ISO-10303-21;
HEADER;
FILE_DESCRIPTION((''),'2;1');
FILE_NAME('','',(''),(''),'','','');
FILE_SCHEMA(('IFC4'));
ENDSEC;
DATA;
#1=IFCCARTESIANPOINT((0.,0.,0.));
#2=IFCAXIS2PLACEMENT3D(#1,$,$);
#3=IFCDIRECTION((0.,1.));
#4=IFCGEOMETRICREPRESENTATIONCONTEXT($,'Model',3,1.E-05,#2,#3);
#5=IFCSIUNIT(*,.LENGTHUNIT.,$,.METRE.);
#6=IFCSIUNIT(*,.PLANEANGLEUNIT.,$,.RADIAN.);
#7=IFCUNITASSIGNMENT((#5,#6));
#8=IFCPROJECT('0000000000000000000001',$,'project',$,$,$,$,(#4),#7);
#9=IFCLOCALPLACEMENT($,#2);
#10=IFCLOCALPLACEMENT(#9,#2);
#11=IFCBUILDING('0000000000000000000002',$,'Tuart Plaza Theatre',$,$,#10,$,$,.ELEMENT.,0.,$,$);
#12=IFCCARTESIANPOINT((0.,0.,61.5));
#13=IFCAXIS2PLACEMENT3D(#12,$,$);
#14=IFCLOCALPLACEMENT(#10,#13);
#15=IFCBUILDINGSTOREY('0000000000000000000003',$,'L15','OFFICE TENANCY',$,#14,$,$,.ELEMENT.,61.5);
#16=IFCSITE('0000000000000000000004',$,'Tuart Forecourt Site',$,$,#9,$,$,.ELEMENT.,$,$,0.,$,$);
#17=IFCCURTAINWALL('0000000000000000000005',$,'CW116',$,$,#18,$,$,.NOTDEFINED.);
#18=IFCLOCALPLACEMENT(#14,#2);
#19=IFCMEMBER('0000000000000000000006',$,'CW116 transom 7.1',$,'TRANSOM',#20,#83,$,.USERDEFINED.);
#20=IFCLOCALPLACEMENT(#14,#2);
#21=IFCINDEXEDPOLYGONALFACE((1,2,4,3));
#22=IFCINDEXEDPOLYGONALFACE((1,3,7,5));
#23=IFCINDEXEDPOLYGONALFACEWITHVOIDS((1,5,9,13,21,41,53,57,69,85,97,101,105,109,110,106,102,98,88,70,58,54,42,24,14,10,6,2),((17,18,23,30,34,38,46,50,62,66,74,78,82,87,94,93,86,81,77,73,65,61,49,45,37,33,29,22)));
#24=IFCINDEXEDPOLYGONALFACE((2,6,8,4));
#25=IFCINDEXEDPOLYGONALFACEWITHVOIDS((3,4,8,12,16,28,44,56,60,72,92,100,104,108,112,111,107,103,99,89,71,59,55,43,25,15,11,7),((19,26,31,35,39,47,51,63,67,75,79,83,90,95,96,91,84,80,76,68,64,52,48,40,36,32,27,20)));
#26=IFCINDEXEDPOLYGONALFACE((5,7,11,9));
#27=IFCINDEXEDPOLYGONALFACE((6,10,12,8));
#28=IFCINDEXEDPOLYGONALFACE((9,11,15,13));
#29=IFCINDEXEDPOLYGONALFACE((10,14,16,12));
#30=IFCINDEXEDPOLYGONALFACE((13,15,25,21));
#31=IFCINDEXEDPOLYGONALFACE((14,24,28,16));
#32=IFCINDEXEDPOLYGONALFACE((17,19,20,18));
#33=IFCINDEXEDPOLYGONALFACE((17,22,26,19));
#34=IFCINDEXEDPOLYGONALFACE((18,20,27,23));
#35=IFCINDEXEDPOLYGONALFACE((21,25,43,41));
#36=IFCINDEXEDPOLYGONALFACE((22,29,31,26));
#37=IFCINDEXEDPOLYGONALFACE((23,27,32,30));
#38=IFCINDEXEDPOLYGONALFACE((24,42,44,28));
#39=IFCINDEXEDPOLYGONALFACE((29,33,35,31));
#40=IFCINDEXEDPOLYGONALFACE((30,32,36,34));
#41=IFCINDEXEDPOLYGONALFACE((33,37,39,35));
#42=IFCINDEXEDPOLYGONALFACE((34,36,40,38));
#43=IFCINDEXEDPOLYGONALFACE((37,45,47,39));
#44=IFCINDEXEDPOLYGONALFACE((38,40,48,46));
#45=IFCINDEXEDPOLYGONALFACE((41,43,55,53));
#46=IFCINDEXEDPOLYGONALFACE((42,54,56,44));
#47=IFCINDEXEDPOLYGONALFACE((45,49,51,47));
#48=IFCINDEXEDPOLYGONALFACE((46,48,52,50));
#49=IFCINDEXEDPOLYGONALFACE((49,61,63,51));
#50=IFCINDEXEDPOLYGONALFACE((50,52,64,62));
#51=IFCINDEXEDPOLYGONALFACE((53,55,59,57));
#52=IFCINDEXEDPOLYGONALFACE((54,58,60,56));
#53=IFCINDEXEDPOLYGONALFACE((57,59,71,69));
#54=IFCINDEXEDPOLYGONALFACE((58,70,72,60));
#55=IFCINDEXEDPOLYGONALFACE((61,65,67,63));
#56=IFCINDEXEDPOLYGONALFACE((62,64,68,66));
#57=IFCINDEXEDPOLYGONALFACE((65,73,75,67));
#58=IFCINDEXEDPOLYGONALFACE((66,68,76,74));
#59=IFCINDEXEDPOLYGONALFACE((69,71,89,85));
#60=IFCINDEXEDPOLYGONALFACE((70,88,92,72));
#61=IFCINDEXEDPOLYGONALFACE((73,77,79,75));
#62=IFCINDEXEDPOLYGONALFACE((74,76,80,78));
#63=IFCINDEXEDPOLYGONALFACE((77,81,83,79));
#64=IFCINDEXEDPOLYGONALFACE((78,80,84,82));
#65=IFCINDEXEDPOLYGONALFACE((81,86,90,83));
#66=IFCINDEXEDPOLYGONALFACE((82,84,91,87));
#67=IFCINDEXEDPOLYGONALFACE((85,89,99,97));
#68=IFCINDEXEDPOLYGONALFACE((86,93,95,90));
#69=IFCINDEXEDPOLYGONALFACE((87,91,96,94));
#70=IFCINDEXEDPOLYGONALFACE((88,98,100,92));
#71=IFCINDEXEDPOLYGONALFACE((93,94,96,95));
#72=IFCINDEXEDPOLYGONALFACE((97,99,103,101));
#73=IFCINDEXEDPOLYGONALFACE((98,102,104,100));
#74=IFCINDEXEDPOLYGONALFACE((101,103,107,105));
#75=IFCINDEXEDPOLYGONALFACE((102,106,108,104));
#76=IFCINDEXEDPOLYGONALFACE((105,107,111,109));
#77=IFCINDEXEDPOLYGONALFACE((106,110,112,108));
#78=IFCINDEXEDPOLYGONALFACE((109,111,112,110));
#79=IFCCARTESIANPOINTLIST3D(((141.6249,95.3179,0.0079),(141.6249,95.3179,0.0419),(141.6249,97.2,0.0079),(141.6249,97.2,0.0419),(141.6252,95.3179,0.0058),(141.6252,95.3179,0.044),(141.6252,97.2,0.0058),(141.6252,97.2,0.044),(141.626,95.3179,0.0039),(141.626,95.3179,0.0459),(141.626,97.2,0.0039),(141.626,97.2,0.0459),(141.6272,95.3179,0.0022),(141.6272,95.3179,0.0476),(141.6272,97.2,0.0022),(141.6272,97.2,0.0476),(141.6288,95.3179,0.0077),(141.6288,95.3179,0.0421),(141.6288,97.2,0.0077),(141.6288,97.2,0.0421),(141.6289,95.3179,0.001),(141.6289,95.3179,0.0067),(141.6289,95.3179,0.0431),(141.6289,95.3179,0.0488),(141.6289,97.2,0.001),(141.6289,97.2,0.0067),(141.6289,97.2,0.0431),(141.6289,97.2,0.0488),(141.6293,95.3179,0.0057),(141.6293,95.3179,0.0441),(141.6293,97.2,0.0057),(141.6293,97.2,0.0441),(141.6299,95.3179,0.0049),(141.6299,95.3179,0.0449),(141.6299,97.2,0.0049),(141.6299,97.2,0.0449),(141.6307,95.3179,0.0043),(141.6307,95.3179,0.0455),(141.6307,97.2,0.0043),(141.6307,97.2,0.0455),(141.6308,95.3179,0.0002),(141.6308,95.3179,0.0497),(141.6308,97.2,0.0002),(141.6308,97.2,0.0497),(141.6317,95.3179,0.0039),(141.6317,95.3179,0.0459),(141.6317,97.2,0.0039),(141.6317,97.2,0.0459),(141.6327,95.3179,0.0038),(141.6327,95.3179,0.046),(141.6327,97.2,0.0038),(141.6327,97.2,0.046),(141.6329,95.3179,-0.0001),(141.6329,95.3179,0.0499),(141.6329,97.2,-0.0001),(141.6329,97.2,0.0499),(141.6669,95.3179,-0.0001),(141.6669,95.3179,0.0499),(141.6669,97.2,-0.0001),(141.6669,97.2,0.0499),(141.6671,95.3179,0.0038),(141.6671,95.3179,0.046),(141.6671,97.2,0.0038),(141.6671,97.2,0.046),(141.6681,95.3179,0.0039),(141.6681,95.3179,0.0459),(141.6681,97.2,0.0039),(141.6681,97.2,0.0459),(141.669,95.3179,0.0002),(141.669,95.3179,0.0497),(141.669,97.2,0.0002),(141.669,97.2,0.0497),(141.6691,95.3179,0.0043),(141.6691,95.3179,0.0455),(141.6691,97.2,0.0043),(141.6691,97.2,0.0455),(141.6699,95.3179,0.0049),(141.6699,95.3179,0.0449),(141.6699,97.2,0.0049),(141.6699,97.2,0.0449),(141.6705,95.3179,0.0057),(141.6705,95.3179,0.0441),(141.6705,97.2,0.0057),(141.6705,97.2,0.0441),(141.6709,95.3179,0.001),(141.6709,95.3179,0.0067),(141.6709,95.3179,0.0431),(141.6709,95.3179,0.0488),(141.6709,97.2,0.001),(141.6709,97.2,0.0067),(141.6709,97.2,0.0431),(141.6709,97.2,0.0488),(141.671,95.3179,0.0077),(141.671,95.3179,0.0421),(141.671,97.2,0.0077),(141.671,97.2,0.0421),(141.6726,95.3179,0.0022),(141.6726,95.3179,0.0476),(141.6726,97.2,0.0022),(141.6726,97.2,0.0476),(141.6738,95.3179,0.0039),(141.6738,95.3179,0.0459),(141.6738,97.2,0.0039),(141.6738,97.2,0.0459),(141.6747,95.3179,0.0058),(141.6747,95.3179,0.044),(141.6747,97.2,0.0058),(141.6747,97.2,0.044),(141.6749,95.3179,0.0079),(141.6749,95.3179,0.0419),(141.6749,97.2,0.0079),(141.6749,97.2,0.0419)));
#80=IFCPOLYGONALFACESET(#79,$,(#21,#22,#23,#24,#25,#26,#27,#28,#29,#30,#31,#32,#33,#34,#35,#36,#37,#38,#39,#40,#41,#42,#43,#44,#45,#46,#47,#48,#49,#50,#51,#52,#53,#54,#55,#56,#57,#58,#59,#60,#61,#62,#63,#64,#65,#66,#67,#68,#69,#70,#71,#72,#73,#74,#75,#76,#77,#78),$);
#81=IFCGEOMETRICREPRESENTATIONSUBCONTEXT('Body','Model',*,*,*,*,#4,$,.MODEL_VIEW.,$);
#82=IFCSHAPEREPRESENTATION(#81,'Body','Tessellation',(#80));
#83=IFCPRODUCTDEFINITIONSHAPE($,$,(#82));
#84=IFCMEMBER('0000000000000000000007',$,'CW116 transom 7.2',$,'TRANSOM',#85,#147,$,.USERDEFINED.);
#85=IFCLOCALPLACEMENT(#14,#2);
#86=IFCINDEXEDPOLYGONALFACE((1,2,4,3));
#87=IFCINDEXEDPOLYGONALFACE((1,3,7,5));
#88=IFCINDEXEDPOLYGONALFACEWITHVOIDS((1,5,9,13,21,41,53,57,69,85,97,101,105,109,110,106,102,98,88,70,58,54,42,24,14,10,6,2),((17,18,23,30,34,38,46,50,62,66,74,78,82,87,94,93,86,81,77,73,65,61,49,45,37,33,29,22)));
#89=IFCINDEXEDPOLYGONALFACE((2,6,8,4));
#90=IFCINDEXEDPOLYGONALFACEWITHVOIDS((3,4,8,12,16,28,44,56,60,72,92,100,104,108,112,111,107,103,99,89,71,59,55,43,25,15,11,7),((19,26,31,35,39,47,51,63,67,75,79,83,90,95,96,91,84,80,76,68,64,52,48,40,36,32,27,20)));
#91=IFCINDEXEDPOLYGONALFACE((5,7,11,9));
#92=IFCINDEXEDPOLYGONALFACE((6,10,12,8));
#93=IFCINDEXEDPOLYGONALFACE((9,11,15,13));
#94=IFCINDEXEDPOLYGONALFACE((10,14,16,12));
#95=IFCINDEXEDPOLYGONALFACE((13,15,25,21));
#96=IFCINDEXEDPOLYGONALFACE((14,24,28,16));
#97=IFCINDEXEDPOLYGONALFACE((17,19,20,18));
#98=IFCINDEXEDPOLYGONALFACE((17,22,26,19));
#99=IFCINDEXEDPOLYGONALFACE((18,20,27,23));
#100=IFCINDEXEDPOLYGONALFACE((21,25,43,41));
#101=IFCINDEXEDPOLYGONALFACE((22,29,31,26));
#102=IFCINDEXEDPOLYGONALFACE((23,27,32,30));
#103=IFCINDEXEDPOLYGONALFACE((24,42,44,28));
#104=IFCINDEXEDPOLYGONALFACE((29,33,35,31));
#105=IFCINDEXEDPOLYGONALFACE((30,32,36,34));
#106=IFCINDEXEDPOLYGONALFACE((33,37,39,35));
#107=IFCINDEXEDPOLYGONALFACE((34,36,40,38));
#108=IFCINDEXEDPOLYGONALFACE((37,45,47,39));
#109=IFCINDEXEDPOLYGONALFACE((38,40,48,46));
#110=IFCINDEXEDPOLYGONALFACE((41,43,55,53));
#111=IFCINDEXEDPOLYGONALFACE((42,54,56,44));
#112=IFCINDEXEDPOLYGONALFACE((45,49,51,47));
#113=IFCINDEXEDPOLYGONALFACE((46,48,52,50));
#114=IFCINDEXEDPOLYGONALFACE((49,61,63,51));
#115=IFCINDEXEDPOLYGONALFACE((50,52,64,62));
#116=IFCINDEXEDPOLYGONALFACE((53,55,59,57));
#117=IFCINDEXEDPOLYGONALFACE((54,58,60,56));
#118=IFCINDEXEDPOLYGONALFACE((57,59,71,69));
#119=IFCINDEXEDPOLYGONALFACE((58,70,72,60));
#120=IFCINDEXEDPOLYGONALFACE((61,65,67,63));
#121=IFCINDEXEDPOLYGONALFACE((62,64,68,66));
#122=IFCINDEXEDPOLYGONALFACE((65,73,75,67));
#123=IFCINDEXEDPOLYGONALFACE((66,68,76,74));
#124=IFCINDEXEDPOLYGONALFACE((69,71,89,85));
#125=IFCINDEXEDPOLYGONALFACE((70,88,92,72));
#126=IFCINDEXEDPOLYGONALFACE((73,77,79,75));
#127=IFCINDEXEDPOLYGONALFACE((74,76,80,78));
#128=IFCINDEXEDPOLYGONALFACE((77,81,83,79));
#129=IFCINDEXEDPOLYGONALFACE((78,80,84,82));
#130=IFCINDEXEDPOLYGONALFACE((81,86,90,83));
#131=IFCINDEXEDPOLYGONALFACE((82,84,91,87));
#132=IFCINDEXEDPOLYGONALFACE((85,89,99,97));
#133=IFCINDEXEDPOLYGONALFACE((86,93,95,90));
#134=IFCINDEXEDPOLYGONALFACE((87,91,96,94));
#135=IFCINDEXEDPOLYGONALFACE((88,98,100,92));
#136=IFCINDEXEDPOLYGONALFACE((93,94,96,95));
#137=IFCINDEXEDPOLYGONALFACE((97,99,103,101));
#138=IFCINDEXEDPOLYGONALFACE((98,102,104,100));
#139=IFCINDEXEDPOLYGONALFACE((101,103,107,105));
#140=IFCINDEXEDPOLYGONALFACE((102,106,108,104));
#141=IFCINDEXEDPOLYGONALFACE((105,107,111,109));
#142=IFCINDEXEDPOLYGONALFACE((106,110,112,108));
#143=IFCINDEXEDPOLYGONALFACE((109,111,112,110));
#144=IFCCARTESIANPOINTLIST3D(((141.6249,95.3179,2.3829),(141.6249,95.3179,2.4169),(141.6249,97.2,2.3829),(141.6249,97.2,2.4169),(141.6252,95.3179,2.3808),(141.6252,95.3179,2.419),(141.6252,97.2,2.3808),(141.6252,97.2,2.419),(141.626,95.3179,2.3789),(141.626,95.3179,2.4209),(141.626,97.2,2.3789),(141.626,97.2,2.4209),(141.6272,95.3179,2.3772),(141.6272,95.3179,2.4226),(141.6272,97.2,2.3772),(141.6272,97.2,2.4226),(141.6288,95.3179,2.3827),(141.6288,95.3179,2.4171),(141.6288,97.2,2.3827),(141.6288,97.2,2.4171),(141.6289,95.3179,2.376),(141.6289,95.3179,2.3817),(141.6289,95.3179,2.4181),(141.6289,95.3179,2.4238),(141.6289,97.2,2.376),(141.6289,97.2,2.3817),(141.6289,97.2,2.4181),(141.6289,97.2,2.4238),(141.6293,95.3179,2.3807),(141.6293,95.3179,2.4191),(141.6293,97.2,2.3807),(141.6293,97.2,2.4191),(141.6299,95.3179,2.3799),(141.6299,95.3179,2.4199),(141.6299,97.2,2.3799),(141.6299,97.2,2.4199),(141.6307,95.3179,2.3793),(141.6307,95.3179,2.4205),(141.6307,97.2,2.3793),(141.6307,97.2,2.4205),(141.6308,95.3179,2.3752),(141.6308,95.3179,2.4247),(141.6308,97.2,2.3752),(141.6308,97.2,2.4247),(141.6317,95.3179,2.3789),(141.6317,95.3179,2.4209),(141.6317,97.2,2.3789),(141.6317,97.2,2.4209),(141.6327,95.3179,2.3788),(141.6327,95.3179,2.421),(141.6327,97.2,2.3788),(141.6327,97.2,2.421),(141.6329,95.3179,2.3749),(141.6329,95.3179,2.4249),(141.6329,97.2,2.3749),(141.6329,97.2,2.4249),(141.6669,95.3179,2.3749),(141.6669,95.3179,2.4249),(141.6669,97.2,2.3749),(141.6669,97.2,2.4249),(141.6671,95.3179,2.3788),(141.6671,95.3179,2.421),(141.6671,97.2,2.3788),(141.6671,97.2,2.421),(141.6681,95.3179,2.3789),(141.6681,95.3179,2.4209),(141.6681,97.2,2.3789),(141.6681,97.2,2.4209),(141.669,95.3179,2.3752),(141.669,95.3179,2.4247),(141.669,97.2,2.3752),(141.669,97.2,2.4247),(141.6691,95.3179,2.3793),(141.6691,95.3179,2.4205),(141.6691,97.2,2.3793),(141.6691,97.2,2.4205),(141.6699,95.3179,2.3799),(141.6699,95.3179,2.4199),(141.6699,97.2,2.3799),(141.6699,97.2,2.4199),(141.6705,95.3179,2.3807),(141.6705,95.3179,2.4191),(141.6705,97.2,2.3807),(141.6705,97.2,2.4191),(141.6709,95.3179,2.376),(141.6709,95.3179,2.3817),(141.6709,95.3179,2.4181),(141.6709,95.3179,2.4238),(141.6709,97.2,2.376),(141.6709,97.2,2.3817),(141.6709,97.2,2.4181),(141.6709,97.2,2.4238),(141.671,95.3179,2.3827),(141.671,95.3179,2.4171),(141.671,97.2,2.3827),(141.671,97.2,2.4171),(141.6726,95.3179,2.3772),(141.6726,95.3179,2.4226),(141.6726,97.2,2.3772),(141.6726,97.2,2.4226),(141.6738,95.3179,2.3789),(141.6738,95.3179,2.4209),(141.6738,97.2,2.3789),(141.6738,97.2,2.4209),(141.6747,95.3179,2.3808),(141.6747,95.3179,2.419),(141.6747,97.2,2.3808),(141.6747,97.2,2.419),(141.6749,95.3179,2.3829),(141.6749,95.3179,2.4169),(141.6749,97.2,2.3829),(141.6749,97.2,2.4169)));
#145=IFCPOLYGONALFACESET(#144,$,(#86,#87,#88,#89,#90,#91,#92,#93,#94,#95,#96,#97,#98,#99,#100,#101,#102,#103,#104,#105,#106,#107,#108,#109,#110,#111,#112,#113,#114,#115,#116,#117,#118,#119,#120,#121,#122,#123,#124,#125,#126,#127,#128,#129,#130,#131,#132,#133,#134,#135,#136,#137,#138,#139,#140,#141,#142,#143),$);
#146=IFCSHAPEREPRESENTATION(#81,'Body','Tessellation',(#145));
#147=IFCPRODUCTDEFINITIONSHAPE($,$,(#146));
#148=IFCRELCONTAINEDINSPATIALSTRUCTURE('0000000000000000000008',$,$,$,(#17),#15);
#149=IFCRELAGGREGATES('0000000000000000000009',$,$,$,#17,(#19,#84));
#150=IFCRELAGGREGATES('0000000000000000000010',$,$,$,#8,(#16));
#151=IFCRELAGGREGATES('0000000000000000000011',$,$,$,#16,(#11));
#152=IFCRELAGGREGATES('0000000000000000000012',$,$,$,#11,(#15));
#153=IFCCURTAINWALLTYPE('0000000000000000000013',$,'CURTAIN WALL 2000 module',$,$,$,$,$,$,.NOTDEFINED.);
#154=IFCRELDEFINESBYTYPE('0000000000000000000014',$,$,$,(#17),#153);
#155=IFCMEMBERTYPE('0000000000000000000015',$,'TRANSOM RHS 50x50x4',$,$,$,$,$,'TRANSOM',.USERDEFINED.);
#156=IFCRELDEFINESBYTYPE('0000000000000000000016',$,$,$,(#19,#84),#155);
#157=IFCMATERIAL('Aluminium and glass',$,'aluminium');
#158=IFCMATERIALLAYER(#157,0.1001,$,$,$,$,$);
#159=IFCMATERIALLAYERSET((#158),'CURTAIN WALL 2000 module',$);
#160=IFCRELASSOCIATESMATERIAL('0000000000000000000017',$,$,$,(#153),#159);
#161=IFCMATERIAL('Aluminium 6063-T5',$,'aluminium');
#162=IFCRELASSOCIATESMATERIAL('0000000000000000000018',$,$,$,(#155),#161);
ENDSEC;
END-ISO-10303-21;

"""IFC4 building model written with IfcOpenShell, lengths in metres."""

from ifc_helpers import new_model, si_unit, direction, frame, origin, origin_2d, place, context, subcontext, project, spatial, hollow_rectangle, extrude, material, layer, layer_set, material_profile, profile_set, type_object, element, aggregate, save


model = new_model("IFC4")

# Units and contexts
model_context = context("Model", 3, precision=1e-05, world=origin(), true_north=direction((0.0, 1.0)))
body_context = subcontext(model_context, "Body", "Model", "MODEL_VIEW")
ifc_project = project(units=[si_unit("LENGTHUNIT", "METRE"), si_unit("PLANEANGLEUNIT", "RADIAN")], contexts=[model_context])

# Site, building, storey
site_placement = place(None, origin())
site = spatial("IfcSite", under=ifc_project, at=site_placement, Name="Tuart Forecourt Site", CompositionType="ELEMENT", RefElevation=0.0)
building_placement = place(site_placement, origin())
building = spatial("IfcBuilding", under=site, at=building_placement, Name="Tuart Plaza Theatre", CompositionType="ELEMENT", ElevationOfRefHeight=0.0)
storey_placement = place(building_placement, frame((0.0, 0.0, 61.5)))
storey = spatial("IfcBuildingStorey", under=building, at=storey_placement, Name="L15", Description="OFFICE TENANCY", CompositionType="ELEMENT", Elevation=61.5)

# Curtain wall
ifc_material_1 = material(Name="Aluminium and glass", Category="aluminium")
ifc_layer_1 = layer(ifc_material_1, 0.1001)
ifc_layer_set_1 = layer_set([ifc_layer_1], Name="CURTAIN WALL 2000 module")
curtain_wall_type = type_object("IfcCurtainWallType", Name="CURTAIN WALL 2000 module", PredefinedType="NOTDEFINED", material=ifc_layer_set_1)
curtain_wall_1_placement = place(storey_placement, origin())
curtain_wall_1 = element("IfcCurtainWall", 1, at=curtain_wall_1_placement, inside=storey, type_object=curtain_wall_type, Name="CW116", PredefinedType="NOTDEFINED")

# Members
ifc_material_2 = material(Name="Aluminium 6063-T5", Category="aluminium")
ifc_material_profile_1 = material_profile(ifc_material_2, hollow_rectangle(XDim=0.05, YDim=0.05, WallThickness=0.0039, InnerFilletRadius=0.0039, OuterFilletRadius=0.0081, at=origin_2d()), Name="RHS 50x50x4")
ifc_profile_set_1 = profile_set([ifc_material_profile_1], Name="Aluminium 6063-T5")
member_type_1 = type_object("IfcMemberType", Name="TRANSOM RHS 50x50x4", ElementType="TRANSOM", PredefinedType="USERDEFINED", material=ifc_profile_set_1)
member_1_placement = place(storey_placement, frame((141.6499, 95.3179, 0.0249), z_axis=(0.0, 1.0, 0.0), x_axis=(-1.0, 0.0, 0.0)))
member_1 = element("IfcMember", 2, at=member_1_placement, type_object=member_type_1, Name="CW116 transom 7.1", ObjectType="TRANSOM", PredefinedType="USERDEFINED", context=body_context, shape_type="SweptSolid", body=[
    extrude(hollow_rectangle(XDim=0.05, YDim=0.05, WallThickness=0.0039, InnerFilletRadius=0.0039, OuterFilletRadius=0.0081, at=origin_2d()), origin(), (0.0, 0.0, 1.0), 1.8821),
])
member_2_placement = place(storey_placement, frame((141.6499, 95.3179, 2.3999), z_axis=(0.0, 1.0, 0.0), x_axis=(-1.0, 0.0, 0.0)))
member_2 = element("IfcMember", 3, at=member_2_placement, type_object=member_type_1, Name="CW116 transom 7.2", ObjectType="TRANSOM", PredefinedType="USERDEFINED", context=body_context, shape_type="SweptSolid", body=[
    extrude(hollow_rectangle(XDim=0.05, YDim=0.05, WallThickness=0.0039, InnerFilletRadius=0.0039, OuterFilletRadius=0.0081, at=origin_2d()), origin(), (0.0, 0.0, 1.0), 1.8821),
])

aggregate(curtain_wall_1, [member_1, member_2])

save(model, "model.ifc")
